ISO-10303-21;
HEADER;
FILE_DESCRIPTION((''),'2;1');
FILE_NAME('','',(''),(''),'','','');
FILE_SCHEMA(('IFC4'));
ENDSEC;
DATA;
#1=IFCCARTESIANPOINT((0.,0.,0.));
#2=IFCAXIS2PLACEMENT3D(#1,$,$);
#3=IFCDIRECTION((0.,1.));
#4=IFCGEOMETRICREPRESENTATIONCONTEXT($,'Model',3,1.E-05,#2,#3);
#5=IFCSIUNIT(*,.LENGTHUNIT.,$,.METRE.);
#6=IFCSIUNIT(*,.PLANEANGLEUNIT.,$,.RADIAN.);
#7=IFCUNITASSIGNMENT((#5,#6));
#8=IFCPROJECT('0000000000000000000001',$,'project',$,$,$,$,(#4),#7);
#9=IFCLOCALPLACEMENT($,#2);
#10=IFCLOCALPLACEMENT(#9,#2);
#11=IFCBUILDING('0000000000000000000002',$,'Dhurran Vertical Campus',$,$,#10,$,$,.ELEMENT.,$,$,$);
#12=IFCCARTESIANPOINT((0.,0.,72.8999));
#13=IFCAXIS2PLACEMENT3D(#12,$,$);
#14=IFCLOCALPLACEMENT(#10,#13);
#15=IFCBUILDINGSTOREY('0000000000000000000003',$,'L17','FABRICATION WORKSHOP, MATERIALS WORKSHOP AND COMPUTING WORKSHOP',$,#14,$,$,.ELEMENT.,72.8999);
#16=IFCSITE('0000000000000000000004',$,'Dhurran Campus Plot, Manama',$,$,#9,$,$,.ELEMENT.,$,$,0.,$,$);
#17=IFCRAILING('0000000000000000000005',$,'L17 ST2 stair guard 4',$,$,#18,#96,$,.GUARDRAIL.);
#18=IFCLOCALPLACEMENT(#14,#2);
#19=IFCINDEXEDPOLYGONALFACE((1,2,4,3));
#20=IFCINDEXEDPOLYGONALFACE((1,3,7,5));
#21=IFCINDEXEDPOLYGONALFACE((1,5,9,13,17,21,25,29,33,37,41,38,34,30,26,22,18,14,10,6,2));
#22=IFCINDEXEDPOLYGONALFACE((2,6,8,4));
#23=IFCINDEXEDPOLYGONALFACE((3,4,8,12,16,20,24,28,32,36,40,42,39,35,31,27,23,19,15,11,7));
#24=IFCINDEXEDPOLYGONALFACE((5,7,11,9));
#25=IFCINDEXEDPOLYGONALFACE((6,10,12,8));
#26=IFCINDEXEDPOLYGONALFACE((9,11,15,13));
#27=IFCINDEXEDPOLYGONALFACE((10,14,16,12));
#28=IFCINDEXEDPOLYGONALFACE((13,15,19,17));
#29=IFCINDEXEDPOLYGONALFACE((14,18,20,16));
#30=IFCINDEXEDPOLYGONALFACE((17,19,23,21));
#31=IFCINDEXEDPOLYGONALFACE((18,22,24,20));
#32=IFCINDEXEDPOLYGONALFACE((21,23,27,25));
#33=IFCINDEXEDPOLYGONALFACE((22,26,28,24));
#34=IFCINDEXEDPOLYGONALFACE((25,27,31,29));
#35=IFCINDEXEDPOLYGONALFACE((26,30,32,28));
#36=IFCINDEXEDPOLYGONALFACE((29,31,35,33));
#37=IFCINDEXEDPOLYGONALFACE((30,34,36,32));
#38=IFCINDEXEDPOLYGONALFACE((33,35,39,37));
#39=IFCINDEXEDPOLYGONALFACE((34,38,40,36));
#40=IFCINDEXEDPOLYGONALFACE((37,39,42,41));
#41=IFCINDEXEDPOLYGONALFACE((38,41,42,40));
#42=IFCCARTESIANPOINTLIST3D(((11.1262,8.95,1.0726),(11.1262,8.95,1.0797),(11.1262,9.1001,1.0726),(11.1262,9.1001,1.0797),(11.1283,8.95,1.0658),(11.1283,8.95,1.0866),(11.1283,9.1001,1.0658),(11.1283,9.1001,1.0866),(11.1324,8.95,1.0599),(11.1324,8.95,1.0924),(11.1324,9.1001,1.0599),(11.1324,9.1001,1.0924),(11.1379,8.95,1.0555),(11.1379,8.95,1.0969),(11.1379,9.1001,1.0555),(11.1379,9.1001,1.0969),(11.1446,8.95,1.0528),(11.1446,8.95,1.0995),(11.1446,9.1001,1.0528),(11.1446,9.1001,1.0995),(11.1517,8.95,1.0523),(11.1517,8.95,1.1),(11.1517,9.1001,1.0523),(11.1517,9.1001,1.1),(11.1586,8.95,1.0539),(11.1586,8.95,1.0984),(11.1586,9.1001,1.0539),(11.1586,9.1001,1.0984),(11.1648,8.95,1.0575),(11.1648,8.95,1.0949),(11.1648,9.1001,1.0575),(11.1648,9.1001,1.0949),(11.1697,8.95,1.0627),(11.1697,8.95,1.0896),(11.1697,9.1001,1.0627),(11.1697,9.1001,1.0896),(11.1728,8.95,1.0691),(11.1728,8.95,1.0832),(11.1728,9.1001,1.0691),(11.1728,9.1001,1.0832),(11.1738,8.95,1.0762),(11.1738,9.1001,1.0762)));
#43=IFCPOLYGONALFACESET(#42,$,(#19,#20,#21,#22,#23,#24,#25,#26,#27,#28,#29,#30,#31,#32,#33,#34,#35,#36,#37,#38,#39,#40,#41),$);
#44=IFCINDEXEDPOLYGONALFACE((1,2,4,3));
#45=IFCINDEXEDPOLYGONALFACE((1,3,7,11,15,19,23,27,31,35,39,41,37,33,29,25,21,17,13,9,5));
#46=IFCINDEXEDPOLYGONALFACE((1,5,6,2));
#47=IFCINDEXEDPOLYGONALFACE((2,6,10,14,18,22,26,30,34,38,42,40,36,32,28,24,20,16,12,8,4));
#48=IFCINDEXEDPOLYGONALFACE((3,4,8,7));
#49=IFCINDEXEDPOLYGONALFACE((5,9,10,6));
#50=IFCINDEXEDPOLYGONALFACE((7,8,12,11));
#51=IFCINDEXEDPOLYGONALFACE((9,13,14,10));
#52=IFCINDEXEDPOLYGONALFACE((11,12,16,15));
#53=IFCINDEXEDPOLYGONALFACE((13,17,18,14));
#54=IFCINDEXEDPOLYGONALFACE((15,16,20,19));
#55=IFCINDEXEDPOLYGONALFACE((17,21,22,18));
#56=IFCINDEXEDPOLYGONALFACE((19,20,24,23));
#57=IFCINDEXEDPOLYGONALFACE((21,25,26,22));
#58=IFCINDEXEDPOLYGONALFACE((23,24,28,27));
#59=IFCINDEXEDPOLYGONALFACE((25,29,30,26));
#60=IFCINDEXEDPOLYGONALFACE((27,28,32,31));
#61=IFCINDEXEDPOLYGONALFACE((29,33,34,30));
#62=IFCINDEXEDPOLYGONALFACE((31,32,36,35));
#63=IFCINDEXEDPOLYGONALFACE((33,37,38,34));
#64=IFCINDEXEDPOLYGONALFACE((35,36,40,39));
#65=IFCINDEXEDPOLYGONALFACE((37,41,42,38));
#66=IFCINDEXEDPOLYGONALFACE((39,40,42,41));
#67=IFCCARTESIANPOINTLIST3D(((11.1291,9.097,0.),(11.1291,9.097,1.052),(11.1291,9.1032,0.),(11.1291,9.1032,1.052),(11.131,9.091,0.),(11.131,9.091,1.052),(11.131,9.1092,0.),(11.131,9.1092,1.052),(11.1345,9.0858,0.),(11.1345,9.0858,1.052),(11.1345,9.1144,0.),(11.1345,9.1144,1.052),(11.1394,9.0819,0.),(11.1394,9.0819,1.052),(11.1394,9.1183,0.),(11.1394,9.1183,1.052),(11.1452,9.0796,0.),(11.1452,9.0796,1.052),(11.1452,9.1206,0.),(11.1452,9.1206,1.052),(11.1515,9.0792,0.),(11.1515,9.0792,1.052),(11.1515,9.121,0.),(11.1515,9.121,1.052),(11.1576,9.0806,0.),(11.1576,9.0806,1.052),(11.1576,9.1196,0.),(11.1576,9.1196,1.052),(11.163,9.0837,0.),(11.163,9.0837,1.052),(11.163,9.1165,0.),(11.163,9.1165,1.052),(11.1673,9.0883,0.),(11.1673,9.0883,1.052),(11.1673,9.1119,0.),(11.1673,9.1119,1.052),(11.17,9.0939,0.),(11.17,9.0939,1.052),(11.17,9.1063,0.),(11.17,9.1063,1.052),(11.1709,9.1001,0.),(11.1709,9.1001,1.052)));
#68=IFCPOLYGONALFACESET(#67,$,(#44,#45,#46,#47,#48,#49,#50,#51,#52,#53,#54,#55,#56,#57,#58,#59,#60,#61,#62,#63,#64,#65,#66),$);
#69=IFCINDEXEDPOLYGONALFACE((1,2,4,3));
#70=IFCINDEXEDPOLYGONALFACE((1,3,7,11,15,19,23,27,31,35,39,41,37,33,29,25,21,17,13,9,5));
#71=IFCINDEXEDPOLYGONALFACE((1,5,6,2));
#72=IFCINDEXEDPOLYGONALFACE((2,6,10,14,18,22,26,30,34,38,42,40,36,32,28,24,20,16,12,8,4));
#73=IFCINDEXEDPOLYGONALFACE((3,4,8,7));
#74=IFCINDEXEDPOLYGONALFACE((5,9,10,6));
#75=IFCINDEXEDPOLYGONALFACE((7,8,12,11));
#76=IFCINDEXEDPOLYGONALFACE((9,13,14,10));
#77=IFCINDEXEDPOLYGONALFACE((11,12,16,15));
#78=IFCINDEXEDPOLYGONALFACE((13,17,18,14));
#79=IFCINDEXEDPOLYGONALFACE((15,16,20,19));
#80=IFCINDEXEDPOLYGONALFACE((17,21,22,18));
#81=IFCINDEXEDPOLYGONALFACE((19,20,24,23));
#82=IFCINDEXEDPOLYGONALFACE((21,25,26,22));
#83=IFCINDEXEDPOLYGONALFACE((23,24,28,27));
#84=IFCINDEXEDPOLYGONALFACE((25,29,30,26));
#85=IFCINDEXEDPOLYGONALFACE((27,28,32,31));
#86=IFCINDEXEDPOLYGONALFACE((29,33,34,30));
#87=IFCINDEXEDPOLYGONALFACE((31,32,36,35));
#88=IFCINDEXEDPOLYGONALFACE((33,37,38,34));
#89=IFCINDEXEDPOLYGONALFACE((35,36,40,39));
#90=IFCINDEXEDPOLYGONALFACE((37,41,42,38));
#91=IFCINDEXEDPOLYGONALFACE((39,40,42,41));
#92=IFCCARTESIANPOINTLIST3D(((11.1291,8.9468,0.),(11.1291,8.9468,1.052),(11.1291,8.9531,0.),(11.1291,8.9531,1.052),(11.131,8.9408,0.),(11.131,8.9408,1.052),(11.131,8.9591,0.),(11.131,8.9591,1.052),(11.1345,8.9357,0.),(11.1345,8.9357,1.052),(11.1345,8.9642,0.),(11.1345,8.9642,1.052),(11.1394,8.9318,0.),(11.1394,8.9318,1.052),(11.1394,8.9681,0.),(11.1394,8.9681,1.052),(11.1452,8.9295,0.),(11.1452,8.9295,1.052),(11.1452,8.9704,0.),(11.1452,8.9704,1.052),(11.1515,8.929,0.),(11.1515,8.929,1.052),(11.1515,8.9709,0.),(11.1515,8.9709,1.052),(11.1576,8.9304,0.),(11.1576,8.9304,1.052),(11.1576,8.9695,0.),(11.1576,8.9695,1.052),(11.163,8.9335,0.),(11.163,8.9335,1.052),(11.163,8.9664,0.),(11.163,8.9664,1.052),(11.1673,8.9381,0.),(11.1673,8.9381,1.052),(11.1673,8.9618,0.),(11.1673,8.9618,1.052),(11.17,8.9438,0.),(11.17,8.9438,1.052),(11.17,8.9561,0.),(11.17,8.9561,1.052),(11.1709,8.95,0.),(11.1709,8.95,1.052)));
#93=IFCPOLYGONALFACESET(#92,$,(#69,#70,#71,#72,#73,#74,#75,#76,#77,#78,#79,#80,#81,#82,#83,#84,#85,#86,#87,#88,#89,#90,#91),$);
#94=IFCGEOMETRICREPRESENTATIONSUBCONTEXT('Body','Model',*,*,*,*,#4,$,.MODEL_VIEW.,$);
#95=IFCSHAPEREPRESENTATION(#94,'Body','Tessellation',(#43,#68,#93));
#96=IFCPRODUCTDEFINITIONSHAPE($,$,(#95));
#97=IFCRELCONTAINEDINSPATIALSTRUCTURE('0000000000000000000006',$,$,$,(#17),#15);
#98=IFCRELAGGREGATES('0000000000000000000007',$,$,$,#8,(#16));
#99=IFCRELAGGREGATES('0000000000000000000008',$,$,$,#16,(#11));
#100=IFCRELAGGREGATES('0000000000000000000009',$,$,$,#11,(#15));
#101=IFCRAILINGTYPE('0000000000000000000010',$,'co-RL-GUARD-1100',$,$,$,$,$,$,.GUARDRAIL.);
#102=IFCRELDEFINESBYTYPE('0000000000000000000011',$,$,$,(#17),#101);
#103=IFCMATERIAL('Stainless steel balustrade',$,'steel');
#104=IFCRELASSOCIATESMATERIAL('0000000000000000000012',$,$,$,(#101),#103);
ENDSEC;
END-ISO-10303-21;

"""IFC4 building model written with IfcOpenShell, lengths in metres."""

from ifc_helpers import new_model, si_unit, direction, frame, origin, origin_2d, place, context, subcontext, project, spatial, circle, extrude, material, type_object, element, save


model = new_model("IFC4")

# Units and contexts
model_context = context("Model", 3, precision=1e-05, world=origin(), true_north=direction((0.0, 1.0)))
body_context = subcontext(model_context, "Body", "Model", "MODEL_VIEW")
ifc_project = project(units=[si_unit("LENGTHUNIT", "METRE"), si_unit("PLANEANGLEUNIT", "RADIAN")], contexts=[model_context])

# Site, building, storey
site_placement = place(None, origin())
site = spatial("IfcSite", under=ifc_project, at=site_placement, Name="Dhurran Campus Plot, Manama", CompositionType="ELEMENT", RefElevation=0.0)
building_placement = place(site_placement, origin())
building = spatial("IfcBuilding", under=site, at=building_placement, Name="Dhurran Vertical Campus", CompositionType="ELEMENT")
storey_placement = place(building_placement, frame((0.0, 0.0, 72.8999)))
storey = spatial("IfcBuildingStorey", under=building, at=storey_placement, Name="L17", Description="FABRICATION WORKSHOP, MATERIALS WORKSHOP AND COMPUTING WORKSHOP", CompositionType="ELEMENT", Elevation=72.8999)

# Railing
ifc_material_1 = material(Name="Stainless steel balustrade", Category="steel")
railing_type_1 = type_object("IfcRailingType", Name="co-RL-GUARD-1100", PredefinedType="GUARDRAIL", material=ifc_material_1)
railing_1_placement = place(storey_placement, frame((11.1499, 9.1001, 0.0)))
element("IfcRailing", 1, at=railing_1_placement, inside=storey, type_object=railing_type_1, Name="L17 ST2 stair guard 4", PredefinedType="GUARDRAIL", context=body_context, shape_type="SweptSolid", body=[
    extrude(circle(Radius=0.0239, at=origin_2d()), frame((0.0, 0.0, 1.0762), z_axis=(0.0, -1.0, 0.0), x_axis=(1.0, 0.0, 0.0)), (0.0, 0.0, 1.0), 0.1501),
    extrude(circle(Radius=0.021, at=origin_2d()), origin(), (0.0, 0.0, 1.0), 1.052),
    extrude(circle(Radius=0.021, at=origin_2d()), frame((0.0, -0.1501, 0.0)), (0.0, 0.0, 1.0), 1.052),
])

save(model, "model.ifc")
